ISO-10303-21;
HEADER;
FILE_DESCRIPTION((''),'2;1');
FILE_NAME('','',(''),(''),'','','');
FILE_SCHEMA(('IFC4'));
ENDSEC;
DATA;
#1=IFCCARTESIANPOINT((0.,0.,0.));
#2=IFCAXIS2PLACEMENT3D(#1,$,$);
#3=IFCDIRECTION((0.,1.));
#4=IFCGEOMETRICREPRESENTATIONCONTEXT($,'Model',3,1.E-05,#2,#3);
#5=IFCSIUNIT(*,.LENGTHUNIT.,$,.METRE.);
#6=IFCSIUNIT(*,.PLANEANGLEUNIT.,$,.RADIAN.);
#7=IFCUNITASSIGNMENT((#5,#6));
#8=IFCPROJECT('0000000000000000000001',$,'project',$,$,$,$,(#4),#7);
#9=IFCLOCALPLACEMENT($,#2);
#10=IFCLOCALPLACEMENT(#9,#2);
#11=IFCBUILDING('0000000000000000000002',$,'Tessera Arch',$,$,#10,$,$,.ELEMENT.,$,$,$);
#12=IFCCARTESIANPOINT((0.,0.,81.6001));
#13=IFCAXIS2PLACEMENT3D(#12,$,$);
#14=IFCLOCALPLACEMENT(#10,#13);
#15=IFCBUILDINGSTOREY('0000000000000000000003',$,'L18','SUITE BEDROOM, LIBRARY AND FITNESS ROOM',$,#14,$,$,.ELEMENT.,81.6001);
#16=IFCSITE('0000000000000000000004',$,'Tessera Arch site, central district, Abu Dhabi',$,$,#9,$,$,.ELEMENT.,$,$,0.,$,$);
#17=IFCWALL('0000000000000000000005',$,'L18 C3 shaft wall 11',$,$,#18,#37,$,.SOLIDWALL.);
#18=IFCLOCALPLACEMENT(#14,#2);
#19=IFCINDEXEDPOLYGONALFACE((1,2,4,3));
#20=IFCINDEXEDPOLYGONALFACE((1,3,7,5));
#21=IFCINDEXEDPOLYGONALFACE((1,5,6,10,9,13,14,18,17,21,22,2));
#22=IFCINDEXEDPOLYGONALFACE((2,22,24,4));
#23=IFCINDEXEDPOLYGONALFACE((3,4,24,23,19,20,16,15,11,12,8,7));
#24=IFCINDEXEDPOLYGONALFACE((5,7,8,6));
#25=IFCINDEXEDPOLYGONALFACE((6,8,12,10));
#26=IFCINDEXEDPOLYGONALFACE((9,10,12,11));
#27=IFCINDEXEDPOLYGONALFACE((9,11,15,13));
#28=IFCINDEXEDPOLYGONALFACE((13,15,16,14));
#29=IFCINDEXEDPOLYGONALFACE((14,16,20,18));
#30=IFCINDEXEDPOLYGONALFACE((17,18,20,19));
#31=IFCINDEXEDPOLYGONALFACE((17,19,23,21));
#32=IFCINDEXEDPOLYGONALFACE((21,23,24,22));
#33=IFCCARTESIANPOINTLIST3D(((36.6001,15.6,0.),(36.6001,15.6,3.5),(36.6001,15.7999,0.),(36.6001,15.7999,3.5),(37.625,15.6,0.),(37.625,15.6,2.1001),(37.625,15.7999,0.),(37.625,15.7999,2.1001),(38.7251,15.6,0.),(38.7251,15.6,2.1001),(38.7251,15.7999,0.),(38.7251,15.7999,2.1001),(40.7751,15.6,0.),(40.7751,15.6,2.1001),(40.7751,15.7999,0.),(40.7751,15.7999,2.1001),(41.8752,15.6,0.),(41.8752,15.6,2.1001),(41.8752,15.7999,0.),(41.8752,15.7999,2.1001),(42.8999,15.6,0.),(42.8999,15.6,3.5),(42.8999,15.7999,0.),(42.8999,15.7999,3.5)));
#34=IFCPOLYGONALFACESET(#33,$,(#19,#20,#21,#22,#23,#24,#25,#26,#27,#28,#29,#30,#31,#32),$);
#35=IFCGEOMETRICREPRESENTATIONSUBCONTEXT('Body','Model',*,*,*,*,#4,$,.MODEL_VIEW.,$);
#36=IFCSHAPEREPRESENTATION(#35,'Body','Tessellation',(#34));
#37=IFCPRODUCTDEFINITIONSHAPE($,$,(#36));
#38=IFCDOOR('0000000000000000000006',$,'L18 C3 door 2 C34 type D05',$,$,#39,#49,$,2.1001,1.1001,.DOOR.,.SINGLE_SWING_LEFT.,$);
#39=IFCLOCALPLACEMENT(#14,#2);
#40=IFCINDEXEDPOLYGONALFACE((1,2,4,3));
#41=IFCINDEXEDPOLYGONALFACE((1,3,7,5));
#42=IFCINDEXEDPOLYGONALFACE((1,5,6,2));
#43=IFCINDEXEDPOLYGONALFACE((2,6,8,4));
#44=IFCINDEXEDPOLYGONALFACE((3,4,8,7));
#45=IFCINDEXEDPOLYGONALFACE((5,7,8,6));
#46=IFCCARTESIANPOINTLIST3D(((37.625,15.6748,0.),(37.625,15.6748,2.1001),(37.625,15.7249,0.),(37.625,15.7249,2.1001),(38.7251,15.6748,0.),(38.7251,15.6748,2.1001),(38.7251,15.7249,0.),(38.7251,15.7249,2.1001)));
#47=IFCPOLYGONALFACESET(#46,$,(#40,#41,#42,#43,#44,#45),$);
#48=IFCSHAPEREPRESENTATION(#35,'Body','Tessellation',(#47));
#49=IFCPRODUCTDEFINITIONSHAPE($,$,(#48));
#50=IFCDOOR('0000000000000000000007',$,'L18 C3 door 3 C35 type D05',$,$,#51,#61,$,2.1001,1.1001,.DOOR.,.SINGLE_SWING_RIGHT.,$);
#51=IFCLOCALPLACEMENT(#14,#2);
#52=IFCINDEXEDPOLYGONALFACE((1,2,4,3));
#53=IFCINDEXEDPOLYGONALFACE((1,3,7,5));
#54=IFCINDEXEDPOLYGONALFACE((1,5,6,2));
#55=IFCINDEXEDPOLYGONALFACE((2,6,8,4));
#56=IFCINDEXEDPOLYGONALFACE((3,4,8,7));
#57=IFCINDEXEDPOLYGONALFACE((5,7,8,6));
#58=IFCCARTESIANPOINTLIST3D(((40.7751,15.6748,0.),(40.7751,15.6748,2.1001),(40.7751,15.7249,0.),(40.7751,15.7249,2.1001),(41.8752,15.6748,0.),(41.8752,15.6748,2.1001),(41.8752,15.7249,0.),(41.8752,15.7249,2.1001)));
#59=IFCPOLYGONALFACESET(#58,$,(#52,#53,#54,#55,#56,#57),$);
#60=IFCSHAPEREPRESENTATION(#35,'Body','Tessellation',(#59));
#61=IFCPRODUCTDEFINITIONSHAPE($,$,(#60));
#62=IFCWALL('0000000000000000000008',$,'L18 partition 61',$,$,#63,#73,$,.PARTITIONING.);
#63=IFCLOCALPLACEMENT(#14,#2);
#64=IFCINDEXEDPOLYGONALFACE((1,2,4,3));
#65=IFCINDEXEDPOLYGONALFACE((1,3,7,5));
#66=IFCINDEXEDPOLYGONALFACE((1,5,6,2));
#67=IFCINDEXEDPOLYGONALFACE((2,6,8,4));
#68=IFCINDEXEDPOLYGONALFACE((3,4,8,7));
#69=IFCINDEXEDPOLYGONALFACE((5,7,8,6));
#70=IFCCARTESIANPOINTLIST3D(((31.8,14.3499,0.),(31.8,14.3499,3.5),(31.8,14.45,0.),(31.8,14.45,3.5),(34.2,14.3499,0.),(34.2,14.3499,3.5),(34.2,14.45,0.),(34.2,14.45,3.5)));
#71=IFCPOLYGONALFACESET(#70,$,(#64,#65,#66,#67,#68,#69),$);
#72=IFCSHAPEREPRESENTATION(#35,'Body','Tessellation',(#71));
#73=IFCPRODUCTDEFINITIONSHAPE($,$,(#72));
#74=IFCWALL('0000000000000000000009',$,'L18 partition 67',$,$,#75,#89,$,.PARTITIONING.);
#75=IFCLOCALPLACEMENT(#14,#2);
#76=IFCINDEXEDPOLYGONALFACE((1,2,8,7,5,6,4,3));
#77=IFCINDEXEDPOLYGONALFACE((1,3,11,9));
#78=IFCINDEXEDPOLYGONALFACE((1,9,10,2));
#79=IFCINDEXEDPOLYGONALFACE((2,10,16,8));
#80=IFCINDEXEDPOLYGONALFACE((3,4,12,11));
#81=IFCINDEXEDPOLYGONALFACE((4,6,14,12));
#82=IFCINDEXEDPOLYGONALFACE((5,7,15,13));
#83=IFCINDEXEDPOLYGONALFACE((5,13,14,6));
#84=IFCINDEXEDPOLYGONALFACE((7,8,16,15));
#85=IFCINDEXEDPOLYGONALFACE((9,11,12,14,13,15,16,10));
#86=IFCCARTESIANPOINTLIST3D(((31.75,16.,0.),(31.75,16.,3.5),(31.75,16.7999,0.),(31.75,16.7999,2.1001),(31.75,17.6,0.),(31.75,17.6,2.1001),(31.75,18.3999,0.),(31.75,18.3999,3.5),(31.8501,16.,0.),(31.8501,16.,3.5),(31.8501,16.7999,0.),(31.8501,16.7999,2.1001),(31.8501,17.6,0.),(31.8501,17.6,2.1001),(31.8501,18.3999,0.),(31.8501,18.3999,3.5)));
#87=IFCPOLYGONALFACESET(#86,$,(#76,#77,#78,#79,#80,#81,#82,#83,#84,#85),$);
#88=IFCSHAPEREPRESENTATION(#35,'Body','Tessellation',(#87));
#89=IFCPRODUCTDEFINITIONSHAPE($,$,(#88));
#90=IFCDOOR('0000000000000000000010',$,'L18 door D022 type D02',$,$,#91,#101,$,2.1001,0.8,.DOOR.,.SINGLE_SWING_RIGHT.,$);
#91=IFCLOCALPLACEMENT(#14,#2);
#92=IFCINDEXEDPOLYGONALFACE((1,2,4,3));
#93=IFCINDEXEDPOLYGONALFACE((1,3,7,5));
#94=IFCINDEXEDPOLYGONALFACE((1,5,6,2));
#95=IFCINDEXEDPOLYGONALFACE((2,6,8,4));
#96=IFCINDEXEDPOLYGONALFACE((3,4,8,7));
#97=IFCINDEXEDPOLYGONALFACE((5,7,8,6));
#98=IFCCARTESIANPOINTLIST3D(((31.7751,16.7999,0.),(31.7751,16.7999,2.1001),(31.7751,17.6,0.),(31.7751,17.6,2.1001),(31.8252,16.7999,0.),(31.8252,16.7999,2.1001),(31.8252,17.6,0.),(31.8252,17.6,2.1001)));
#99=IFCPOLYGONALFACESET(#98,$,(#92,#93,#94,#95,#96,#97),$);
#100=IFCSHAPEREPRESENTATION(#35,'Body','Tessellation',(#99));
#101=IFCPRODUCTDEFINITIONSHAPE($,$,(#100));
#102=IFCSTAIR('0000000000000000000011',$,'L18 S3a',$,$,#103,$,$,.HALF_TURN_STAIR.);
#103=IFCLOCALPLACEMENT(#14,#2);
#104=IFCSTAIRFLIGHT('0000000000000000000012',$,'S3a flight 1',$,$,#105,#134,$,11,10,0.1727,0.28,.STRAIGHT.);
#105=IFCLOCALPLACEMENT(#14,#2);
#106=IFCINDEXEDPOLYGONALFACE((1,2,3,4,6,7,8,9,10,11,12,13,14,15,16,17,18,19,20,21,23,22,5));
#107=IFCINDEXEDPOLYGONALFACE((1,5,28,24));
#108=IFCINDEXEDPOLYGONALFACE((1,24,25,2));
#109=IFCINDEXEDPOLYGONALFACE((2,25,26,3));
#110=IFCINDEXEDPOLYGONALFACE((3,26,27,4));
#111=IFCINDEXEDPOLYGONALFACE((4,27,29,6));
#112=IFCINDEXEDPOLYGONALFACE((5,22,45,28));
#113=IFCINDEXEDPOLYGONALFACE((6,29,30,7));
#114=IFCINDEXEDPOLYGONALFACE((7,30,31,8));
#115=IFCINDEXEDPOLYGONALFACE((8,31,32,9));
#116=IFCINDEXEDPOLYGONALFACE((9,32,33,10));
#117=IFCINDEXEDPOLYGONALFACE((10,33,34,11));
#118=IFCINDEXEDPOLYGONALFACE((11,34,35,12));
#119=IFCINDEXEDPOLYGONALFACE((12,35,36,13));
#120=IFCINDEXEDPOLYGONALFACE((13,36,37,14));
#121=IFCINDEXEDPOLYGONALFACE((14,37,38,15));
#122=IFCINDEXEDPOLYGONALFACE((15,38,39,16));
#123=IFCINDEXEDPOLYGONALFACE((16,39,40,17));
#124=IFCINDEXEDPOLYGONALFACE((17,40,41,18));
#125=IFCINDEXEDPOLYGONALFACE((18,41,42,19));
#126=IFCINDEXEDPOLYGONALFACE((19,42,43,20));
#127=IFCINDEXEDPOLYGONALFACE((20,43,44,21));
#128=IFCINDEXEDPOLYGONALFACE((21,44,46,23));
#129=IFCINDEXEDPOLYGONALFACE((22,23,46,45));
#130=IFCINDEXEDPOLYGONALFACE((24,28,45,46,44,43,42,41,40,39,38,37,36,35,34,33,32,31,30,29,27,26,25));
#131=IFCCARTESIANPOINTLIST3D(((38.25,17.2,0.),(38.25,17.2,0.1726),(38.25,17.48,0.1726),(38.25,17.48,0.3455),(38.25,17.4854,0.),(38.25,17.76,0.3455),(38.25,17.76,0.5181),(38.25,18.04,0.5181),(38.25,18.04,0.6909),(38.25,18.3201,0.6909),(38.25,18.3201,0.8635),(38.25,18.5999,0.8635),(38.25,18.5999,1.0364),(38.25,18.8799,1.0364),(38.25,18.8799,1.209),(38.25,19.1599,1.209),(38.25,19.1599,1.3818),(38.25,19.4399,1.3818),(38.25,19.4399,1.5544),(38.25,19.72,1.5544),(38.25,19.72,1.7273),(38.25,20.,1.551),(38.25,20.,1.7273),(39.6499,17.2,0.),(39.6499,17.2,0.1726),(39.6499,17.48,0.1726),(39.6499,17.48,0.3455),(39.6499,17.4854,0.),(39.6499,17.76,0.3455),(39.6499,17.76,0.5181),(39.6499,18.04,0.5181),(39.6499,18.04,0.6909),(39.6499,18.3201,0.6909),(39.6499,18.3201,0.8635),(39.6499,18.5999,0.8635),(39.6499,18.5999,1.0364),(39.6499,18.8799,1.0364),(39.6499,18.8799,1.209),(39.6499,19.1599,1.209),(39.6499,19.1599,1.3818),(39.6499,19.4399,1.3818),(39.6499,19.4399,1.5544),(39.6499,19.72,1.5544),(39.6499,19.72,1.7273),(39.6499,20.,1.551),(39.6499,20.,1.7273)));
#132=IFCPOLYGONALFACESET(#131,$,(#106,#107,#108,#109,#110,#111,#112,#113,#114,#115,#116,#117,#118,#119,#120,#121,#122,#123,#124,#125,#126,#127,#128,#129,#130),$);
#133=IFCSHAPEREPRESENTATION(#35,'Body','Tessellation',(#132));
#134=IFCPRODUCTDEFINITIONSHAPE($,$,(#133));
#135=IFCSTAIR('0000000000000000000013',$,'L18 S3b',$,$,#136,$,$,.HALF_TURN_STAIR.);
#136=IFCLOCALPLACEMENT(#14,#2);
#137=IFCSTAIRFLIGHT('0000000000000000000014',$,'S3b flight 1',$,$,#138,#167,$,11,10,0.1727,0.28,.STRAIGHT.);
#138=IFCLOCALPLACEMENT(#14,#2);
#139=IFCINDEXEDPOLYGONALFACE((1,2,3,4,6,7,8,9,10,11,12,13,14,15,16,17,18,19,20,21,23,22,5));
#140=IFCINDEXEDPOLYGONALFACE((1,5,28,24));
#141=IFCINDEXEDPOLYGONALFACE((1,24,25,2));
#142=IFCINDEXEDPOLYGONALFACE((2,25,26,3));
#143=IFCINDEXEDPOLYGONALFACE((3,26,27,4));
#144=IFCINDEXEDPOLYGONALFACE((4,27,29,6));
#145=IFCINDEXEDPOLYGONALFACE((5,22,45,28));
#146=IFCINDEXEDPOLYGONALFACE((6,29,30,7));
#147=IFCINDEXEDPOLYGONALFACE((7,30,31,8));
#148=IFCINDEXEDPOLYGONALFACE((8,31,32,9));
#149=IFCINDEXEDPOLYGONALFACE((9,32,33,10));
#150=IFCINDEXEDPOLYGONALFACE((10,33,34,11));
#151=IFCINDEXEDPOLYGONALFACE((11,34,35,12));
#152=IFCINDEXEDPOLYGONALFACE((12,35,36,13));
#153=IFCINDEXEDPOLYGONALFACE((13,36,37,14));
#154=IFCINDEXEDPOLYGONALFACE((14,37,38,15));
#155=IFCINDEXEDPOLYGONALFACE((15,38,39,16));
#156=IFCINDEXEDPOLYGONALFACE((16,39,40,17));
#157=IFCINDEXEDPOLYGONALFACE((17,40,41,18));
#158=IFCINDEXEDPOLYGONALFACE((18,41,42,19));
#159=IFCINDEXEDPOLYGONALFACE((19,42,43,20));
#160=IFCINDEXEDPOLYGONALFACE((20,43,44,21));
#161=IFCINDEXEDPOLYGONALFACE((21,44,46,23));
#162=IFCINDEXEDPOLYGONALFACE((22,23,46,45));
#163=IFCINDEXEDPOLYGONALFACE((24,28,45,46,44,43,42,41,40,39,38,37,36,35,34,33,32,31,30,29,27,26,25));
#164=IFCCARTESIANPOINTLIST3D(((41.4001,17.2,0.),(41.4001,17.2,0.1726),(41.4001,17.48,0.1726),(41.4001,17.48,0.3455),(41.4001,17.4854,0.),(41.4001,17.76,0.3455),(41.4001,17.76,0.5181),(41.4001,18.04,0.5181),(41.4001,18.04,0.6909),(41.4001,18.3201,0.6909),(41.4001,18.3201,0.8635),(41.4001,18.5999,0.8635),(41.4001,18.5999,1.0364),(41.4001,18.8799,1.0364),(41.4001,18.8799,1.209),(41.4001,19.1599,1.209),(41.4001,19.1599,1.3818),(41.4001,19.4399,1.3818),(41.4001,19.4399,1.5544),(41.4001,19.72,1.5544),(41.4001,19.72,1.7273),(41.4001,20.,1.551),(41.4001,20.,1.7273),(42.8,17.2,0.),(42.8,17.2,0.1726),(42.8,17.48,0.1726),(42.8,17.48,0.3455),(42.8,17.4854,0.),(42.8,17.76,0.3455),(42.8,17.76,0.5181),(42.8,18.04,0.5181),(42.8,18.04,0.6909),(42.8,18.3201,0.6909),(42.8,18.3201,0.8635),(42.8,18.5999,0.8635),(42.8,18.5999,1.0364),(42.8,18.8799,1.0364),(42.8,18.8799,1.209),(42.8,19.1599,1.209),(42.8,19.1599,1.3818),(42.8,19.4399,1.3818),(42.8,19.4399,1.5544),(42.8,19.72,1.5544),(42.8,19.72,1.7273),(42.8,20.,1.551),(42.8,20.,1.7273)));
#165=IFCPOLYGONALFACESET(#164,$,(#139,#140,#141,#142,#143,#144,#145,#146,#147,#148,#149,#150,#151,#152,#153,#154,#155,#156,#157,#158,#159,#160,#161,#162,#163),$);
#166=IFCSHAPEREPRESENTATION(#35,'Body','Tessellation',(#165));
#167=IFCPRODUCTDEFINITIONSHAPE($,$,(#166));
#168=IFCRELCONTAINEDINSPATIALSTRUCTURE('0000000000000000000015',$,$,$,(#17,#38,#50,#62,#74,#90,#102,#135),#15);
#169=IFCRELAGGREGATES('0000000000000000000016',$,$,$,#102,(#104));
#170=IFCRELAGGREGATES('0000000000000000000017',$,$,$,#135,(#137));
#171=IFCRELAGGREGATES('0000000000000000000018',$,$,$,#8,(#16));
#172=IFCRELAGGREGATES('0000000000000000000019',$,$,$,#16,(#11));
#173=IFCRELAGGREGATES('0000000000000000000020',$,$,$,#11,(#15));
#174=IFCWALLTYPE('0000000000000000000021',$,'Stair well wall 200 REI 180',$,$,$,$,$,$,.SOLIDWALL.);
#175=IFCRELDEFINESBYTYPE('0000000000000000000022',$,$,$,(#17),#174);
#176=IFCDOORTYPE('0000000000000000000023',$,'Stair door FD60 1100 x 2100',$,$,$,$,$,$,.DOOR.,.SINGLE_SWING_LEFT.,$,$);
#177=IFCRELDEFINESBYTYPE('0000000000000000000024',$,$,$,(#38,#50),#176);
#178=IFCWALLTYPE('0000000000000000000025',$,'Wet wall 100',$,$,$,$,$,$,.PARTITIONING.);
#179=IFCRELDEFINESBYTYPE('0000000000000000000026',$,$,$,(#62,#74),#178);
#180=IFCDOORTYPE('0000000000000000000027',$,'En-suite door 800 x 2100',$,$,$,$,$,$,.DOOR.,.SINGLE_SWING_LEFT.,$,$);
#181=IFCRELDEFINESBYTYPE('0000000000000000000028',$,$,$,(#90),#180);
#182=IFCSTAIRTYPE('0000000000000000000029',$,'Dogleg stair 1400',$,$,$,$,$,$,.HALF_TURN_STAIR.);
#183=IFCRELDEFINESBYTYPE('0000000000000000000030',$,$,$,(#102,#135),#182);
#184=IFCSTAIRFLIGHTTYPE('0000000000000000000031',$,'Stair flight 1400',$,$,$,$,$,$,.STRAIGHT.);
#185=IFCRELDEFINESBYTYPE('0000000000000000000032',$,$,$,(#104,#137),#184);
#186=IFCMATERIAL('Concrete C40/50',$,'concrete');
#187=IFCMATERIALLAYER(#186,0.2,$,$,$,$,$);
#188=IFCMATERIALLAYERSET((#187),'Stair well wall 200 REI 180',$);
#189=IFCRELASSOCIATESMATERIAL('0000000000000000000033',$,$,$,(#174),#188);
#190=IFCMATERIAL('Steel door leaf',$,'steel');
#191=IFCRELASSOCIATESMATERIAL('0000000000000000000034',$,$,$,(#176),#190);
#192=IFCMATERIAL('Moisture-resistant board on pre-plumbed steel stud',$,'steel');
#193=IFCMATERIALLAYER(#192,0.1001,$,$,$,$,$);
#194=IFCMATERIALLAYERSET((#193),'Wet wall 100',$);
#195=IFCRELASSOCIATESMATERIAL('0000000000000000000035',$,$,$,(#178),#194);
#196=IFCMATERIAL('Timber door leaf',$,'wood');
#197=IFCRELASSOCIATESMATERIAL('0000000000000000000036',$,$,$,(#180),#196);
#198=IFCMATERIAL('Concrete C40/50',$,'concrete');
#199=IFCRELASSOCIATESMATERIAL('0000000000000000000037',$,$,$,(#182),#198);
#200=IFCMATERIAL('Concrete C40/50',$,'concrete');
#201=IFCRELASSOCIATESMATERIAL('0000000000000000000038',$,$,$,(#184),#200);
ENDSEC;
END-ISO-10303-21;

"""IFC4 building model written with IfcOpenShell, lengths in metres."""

from ifc_helpers import new_model, si_unit, direction, frame, frame_2d, origin, place, context, subcontext, project, spatial, polyline, rectangle, outline, extrude, material, layer, layer_set, type_object, element, fill, aggregate, save


model = new_model("IFC4")

# Units and contexts
model_context = context("Model", 3, precision=1e-05, world=origin(), true_north=direction((0.0, 1.0)))
body_context = subcontext(model_context, "Body", "Model", "MODEL_VIEW")
ifc_project = project(units=[si_unit("LENGTHUNIT", "METRE"), si_unit("PLANEANGLEUNIT", "RADIAN")], contexts=[model_context])

# Site, building, storey
site_placement = place(None, origin())
site = spatial("IfcSite", under=ifc_project, at=site_placement, Name="Tessera Arch site, central district, Abu Dhabi", CompositionType="ELEMENT", RefElevation=0.0)
building_placement = place(site_placement, origin())
building = spatial("IfcBuilding", under=site, at=building_placement, Name="Tessera Arch", CompositionType="ELEMENT")
storey_placement = place(building_placement, frame((0.0, 0.0, 81.6001)))
storey = spatial("IfcBuildingStorey", under=building, at=storey_placement, Name="L18", Description="SUITE BEDROOM, LIBRARY AND FITNESS ROOM", CompositionType="ELEMENT", Elevation=81.6001)

# Shared definitions
ifc_material_1 = material(Name="Concrete C40/50", Category="concrete")
ifc_layer_1 = layer(ifc_material_1, 0.2)
ifc_layer_set_1 = layer_set([ifc_layer_1], Name="Stair well wall 200 REI 180")
wall_type_1 = type_object("IfcWallType", Name="Stair well wall 200 REI 180", PredefinedType="SOLIDWALL", material=ifc_layer_set_1)

# Wall, openings, doors
wall_1_placement = place(storey_placement, frame((36.6001, 15.7, 0.0), z_axis=(0.0, 0.0, 1.0), x_axis=(1.0, 0.0, 0.0)))
wall_1 = element("IfcWall", 1, at=wall_1_placement, inside=storey, type_object=wall_type_1, Name="L18 C3 shaft wall 11", PredefinedType="SOLIDWALL", context=body_context, shape_type="SweptSolid", body=[
    extrude(rectangle(XDim=6.2998, YDim=0.2, at=frame_2d((3.1499, 0.0))), origin(), (0.0, 0.0, 1.0), 3.5),
])
opening_1_placement = place(wall_1_placement, frame((1.0249, 0.0, 0.0)))
opening_1 = element("IfcOpeningElement", 2, at=opening_1_placement, cuts=wall_1, PredefinedType="OPENING", context=body_context, shape_type="SweptSolid", body=[
    extrude(rectangle(XDim=1.1001, YDim=2.1001, at=frame_2d((0.55, 1.05))), frame((0.0, 0.1099, 0.0), z_axis=(0.0, -1.0, 0.0), x_axis=(1.0, 0.0, 0.0)), (0.0, 0.0, 1.0), 0.22),
])
opening_2_placement = place(wall_1_placement, frame((4.175, 0.0, 0.0)))
opening_2 = element("IfcOpeningElement", 3, at=opening_2_placement, cuts=wall_1, PredefinedType="OPENING", context=body_context, shape_type="SweptSolid", body=[
    extrude(rectangle(XDim=1.1001, YDim=2.1001, at=frame_2d((0.55, 1.05))), frame((0.0, 0.1099, 0.0), z_axis=(0.0, -1.0, 0.0), x_axis=(1.0, 0.0, 0.0)), (0.0, 0.0, 1.0), 0.22),
])
ifc_material_2 = material(Name="Steel door leaf", Category="steel")
door_type_1 = type_object("IfcDoorType", Name="Stair door FD60 1100 x 2100", OperationType="SINGLE_SWING_LEFT", PredefinedType="DOOR", material=ifc_material_2)
door_1_placement = place(opening_1_placement, origin())
door_1 = element("IfcDoor", 4, at=door_1_placement, inside=storey, type_object=door_type_1, Name="L18 C3 door 2 C34 type D05", OperationType="SINGLE_SWING_LEFT", OverallHeight=2.1001, OverallWidth=1.1001, PredefinedType="DOOR", context=body_context, shape_type="SweptSolid", body=[
    extrude(rectangle(XDim=1.1001, YDim=2.1001, at=frame_2d((0.55, 1.05))), frame((0.0, 0.0249, 0.0), z_axis=(0.0, -1.0, 0.0), x_axis=(1.0, 0.0, 0.0)), (0.0, 0.0, 1.0), 0.05),
])
fill(opening_1, door_1)
door_2_placement = place(opening_2_placement, origin())
door_2 = element("IfcDoor", 5, at=door_2_placement, inside=storey, type_object=door_type_1, Name="L18 C3 door 3 C35 type D05", OperationType="SINGLE_SWING_RIGHT", OverallHeight=2.1001, OverallWidth=1.1001, PredefinedType="DOOR", context=body_context, shape_type="SweptSolid", body=[
    extrude(rectangle(XDim=1.1001, YDim=2.1001, at=frame_2d((0.55, 1.05))), frame((0.0, 0.0249, 0.0), z_axis=(0.0, -1.0, 0.0), x_axis=(1.0, 0.0, 0.0)), (0.0, 0.0, 1.0), 0.05),
])
fill(opening_2, door_2)

# Wall
ifc_material_3 = material(Name="Moisture-resistant board on pre-plumbed steel stud", Category="steel")
ifc_layer_2 = layer(ifc_material_3, 0.1001)
ifc_layer_set_2 = layer_set([ifc_layer_2], Name="Wet wall 100")
wall_type_2 = type_object("IfcWallType", Name="Wet wall 100", PredefinedType="PARTITIONING", material=ifc_layer_set_2)
wall_2_placement = place(storey_placement, frame((31.8, 14.3999, 0.0), z_axis=(0.0, 0.0, 1.0), x_axis=(1.0, 0.0, 0.0)))
element("IfcWall", 6, at=wall_2_placement, inside=storey, type_object=wall_type_2, Name="L18 partition 61", PredefinedType="PARTITIONING", context=body_context, shape_type="SweptSolid", body=[
    extrude(rectangle(XDim=2.3999, YDim=0.1001, at=frame_2d((1.2, 0.0))), origin(), (0.0, 0.0, 1.0), 3.5),
])

# Wall, opening, door
wall_3_placement = place(storey_placement, frame((31.8, 16.0, 0.0), z_axis=(0.0, 0.0, 1.0), x_axis=(0.0, 1.0, 0.0)))
wall_3 = element("IfcWall", 7, at=wall_3_placement, inside=storey, type_object=wall_type_2, Name="L18 partition 67", PredefinedType="PARTITIONING", context=body_context, shape_type="SweptSolid", body=[
    extrude(rectangle(XDim=2.3999, YDim=0.1001, at=frame_2d((1.2, 0.0))), origin(), (0.0, 0.0, 1.0), 3.5),
])
opening_3_placement = place(wall_3_placement, frame((0.8, 0.0, 0.0)))
opening_3 = element("IfcOpeningElement", 8, at=opening_3_placement, cuts=wall_3, PredefinedType="OPENING", context=body_context, shape_type="SweptSolid", body=[
    extrude(rectangle(XDim=0.8, YDim=2.1001, at=frame_2d((0.3999, 1.05))), frame((0.0, 0.0601, 0.0), z_axis=(0.0, -1.0, 0.0), x_axis=(1.0, 0.0, 0.0)), (0.0, 0.0, 1.0), 0.1201),
])
ifc_material_4 = material(Name="Timber door leaf", Category="wood")
door_type_2 = type_object("IfcDoorType", Name="En-suite door 800 x 2100", OperationType="SINGLE_SWING_LEFT", PredefinedType="DOOR", material=ifc_material_4)
door_3_placement = place(opening_3_placement, origin())
door_3 = element("IfcDoor", 9, at=door_3_placement, inside=storey, type_object=door_type_2, Name="L18 door D022 type D02", OperationType="SINGLE_SWING_RIGHT", OverallHeight=2.1001, OverallWidth=0.8, PredefinedType="DOOR", context=body_context, shape_type="SweptSolid", body=[
    extrude(rectangle(XDim=0.8, YDim=2.1001, at=frame_2d((0.3999, 1.05))), frame((0.0, 0.0249, 0.0), z_axis=(0.0, -1.0, 0.0), x_axis=(1.0, 0.0, 0.0)), (0.0, 0.0, 1.0), 0.05),
])
fill(opening_3, door_3)

# Stairs, stair flights
ifc_material_5 = material(Name="Concrete C40/50", Category="concrete")
stair_type = type_object("IfcStairType", Name="Dogleg stair 1400", PredefinedType="HALF_TURN_STAIR", material=ifc_material_5)
stair_1_placement = place(storey_placement, origin())
stair_1 = element("IfcStair", 10, at=stair_1_placement, inside=storey, type_object=stair_type, Name="L18 S3a", PredefinedType="HALF_TURN_STAIR")
ifc_material_6 = material(Name="Concrete C40/50", Category="concrete")
stair_flight_type = type_object("IfcStairFlightType", Name="Stair flight 1400", PredefinedType="STRAIGHT", material=ifc_material_6)
stair_flight_1_placement = place(storey_placement, frame((38.95, 17.2, 0.0), z_axis=(0.0, 0.0, 1.0), x_axis=(0.0, 1.0, 0.0)))
stair_flight_1 = element("IfcStairFlight", 11, at=stair_flight_1_placement, type_object=stair_flight_type, Name="S3a flight 1", NumberOfRisers=11, NumberOfTreads=10, PredefinedType="STRAIGHT", RiserHeight=0.1727, TreadLength=0.28, context=body_context, shape_type="SweptSolid", body=[
    extrude(outline(polyline([(0.0, 0.0), (0.0, 0.1726), (0.28, 0.1726), (0.28, 0.3455), (0.5601, 0.3455), (0.5601, 0.5181), (0.8401, 0.5181), (0.8401, 0.6909), (1.1201, 0.6909), (1.1201, 0.8635), (1.3999, 0.8635), (1.3999, 1.0364), (1.6799, 1.0364), (1.6799, 1.209), (1.96, 1.209), (1.96, 1.3818), (2.24, 1.3818), (2.24, 1.5544), (2.52, 1.5544), (2.52, 1.7273), (2.8, 1.7273), (2.8, 1.8999), (2.8, 1.551), (0.2854, 0.0), (0.0, 0.0)])), frame((0.0, 0.7, 0.0), z_axis=(0.0, -1.0, 0.0), x_axis=(1.0, 0.0, 0.0)), (0.0, 0.0, 1.0), 1.3999),
])
aggregate(stair_1, [stair_flight_1])
stair_2_placement = place(storey_placement, origin())
stair_2 = element("IfcStair", 12, at=stair_2_placement, inside=storey, type_object=stair_type, Name="L18 S3b", PredefinedType="HALF_TURN_STAIR")
stair_flight_2_placement = place(storey_placement, frame((42.1001, 17.2, 0.0), z_axis=(0.0, 0.0, 1.0), x_axis=(0.0, 1.0, 0.0)))
stair_flight_2 = element("IfcStairFlight", 13, at=stair_flight_2_placement, type_object=stair_flight_type, Name="S3b flight 1", NumberOfRisers=11, NumberOfTreads=10, PredefinedType="STRAIGHT", RiserHeight=0.1727, TreadLength=0.28, context=body_context, shape_type="SweptSolid", body=[
    extrude(outline(polyline([(0.0, 0.0), (0.0, 0.1726), (0.28, 0.1726), (0.28, 0.3455), (0.5601, 0.3455), (0.5601, 0.5181), (0.8401, 0.5181), (0.8401, 0.6909), (1.1201, 0.6909), (1.1201, 0.8635), (1.3999, 0.8635), (1.3999, 1.0364), (1.6799, 1.0364), (1.6799, 1.209), (1.96, 1.209), (1.96, 1.3818), (2.24, 1.3818), (2.24, 1.5544), (2.52, 1.5544), (2.52, 1.7273), (2.8, 1.7273), (2.8, 1.8999), (2.8, 1.551), (0.2854, 0.0), (0.0, 0.0)])), frame((0.0, 0.7, 0.0), z_axis=(0.0, -1.0, 0.0), x_axis=(1.0, 0.0, 0.0)), (0.0, 0.0, 1.0), 1.3999),
])
aggregate(stair_2, [stair_flight_2])

save(model, "model.ifc")
